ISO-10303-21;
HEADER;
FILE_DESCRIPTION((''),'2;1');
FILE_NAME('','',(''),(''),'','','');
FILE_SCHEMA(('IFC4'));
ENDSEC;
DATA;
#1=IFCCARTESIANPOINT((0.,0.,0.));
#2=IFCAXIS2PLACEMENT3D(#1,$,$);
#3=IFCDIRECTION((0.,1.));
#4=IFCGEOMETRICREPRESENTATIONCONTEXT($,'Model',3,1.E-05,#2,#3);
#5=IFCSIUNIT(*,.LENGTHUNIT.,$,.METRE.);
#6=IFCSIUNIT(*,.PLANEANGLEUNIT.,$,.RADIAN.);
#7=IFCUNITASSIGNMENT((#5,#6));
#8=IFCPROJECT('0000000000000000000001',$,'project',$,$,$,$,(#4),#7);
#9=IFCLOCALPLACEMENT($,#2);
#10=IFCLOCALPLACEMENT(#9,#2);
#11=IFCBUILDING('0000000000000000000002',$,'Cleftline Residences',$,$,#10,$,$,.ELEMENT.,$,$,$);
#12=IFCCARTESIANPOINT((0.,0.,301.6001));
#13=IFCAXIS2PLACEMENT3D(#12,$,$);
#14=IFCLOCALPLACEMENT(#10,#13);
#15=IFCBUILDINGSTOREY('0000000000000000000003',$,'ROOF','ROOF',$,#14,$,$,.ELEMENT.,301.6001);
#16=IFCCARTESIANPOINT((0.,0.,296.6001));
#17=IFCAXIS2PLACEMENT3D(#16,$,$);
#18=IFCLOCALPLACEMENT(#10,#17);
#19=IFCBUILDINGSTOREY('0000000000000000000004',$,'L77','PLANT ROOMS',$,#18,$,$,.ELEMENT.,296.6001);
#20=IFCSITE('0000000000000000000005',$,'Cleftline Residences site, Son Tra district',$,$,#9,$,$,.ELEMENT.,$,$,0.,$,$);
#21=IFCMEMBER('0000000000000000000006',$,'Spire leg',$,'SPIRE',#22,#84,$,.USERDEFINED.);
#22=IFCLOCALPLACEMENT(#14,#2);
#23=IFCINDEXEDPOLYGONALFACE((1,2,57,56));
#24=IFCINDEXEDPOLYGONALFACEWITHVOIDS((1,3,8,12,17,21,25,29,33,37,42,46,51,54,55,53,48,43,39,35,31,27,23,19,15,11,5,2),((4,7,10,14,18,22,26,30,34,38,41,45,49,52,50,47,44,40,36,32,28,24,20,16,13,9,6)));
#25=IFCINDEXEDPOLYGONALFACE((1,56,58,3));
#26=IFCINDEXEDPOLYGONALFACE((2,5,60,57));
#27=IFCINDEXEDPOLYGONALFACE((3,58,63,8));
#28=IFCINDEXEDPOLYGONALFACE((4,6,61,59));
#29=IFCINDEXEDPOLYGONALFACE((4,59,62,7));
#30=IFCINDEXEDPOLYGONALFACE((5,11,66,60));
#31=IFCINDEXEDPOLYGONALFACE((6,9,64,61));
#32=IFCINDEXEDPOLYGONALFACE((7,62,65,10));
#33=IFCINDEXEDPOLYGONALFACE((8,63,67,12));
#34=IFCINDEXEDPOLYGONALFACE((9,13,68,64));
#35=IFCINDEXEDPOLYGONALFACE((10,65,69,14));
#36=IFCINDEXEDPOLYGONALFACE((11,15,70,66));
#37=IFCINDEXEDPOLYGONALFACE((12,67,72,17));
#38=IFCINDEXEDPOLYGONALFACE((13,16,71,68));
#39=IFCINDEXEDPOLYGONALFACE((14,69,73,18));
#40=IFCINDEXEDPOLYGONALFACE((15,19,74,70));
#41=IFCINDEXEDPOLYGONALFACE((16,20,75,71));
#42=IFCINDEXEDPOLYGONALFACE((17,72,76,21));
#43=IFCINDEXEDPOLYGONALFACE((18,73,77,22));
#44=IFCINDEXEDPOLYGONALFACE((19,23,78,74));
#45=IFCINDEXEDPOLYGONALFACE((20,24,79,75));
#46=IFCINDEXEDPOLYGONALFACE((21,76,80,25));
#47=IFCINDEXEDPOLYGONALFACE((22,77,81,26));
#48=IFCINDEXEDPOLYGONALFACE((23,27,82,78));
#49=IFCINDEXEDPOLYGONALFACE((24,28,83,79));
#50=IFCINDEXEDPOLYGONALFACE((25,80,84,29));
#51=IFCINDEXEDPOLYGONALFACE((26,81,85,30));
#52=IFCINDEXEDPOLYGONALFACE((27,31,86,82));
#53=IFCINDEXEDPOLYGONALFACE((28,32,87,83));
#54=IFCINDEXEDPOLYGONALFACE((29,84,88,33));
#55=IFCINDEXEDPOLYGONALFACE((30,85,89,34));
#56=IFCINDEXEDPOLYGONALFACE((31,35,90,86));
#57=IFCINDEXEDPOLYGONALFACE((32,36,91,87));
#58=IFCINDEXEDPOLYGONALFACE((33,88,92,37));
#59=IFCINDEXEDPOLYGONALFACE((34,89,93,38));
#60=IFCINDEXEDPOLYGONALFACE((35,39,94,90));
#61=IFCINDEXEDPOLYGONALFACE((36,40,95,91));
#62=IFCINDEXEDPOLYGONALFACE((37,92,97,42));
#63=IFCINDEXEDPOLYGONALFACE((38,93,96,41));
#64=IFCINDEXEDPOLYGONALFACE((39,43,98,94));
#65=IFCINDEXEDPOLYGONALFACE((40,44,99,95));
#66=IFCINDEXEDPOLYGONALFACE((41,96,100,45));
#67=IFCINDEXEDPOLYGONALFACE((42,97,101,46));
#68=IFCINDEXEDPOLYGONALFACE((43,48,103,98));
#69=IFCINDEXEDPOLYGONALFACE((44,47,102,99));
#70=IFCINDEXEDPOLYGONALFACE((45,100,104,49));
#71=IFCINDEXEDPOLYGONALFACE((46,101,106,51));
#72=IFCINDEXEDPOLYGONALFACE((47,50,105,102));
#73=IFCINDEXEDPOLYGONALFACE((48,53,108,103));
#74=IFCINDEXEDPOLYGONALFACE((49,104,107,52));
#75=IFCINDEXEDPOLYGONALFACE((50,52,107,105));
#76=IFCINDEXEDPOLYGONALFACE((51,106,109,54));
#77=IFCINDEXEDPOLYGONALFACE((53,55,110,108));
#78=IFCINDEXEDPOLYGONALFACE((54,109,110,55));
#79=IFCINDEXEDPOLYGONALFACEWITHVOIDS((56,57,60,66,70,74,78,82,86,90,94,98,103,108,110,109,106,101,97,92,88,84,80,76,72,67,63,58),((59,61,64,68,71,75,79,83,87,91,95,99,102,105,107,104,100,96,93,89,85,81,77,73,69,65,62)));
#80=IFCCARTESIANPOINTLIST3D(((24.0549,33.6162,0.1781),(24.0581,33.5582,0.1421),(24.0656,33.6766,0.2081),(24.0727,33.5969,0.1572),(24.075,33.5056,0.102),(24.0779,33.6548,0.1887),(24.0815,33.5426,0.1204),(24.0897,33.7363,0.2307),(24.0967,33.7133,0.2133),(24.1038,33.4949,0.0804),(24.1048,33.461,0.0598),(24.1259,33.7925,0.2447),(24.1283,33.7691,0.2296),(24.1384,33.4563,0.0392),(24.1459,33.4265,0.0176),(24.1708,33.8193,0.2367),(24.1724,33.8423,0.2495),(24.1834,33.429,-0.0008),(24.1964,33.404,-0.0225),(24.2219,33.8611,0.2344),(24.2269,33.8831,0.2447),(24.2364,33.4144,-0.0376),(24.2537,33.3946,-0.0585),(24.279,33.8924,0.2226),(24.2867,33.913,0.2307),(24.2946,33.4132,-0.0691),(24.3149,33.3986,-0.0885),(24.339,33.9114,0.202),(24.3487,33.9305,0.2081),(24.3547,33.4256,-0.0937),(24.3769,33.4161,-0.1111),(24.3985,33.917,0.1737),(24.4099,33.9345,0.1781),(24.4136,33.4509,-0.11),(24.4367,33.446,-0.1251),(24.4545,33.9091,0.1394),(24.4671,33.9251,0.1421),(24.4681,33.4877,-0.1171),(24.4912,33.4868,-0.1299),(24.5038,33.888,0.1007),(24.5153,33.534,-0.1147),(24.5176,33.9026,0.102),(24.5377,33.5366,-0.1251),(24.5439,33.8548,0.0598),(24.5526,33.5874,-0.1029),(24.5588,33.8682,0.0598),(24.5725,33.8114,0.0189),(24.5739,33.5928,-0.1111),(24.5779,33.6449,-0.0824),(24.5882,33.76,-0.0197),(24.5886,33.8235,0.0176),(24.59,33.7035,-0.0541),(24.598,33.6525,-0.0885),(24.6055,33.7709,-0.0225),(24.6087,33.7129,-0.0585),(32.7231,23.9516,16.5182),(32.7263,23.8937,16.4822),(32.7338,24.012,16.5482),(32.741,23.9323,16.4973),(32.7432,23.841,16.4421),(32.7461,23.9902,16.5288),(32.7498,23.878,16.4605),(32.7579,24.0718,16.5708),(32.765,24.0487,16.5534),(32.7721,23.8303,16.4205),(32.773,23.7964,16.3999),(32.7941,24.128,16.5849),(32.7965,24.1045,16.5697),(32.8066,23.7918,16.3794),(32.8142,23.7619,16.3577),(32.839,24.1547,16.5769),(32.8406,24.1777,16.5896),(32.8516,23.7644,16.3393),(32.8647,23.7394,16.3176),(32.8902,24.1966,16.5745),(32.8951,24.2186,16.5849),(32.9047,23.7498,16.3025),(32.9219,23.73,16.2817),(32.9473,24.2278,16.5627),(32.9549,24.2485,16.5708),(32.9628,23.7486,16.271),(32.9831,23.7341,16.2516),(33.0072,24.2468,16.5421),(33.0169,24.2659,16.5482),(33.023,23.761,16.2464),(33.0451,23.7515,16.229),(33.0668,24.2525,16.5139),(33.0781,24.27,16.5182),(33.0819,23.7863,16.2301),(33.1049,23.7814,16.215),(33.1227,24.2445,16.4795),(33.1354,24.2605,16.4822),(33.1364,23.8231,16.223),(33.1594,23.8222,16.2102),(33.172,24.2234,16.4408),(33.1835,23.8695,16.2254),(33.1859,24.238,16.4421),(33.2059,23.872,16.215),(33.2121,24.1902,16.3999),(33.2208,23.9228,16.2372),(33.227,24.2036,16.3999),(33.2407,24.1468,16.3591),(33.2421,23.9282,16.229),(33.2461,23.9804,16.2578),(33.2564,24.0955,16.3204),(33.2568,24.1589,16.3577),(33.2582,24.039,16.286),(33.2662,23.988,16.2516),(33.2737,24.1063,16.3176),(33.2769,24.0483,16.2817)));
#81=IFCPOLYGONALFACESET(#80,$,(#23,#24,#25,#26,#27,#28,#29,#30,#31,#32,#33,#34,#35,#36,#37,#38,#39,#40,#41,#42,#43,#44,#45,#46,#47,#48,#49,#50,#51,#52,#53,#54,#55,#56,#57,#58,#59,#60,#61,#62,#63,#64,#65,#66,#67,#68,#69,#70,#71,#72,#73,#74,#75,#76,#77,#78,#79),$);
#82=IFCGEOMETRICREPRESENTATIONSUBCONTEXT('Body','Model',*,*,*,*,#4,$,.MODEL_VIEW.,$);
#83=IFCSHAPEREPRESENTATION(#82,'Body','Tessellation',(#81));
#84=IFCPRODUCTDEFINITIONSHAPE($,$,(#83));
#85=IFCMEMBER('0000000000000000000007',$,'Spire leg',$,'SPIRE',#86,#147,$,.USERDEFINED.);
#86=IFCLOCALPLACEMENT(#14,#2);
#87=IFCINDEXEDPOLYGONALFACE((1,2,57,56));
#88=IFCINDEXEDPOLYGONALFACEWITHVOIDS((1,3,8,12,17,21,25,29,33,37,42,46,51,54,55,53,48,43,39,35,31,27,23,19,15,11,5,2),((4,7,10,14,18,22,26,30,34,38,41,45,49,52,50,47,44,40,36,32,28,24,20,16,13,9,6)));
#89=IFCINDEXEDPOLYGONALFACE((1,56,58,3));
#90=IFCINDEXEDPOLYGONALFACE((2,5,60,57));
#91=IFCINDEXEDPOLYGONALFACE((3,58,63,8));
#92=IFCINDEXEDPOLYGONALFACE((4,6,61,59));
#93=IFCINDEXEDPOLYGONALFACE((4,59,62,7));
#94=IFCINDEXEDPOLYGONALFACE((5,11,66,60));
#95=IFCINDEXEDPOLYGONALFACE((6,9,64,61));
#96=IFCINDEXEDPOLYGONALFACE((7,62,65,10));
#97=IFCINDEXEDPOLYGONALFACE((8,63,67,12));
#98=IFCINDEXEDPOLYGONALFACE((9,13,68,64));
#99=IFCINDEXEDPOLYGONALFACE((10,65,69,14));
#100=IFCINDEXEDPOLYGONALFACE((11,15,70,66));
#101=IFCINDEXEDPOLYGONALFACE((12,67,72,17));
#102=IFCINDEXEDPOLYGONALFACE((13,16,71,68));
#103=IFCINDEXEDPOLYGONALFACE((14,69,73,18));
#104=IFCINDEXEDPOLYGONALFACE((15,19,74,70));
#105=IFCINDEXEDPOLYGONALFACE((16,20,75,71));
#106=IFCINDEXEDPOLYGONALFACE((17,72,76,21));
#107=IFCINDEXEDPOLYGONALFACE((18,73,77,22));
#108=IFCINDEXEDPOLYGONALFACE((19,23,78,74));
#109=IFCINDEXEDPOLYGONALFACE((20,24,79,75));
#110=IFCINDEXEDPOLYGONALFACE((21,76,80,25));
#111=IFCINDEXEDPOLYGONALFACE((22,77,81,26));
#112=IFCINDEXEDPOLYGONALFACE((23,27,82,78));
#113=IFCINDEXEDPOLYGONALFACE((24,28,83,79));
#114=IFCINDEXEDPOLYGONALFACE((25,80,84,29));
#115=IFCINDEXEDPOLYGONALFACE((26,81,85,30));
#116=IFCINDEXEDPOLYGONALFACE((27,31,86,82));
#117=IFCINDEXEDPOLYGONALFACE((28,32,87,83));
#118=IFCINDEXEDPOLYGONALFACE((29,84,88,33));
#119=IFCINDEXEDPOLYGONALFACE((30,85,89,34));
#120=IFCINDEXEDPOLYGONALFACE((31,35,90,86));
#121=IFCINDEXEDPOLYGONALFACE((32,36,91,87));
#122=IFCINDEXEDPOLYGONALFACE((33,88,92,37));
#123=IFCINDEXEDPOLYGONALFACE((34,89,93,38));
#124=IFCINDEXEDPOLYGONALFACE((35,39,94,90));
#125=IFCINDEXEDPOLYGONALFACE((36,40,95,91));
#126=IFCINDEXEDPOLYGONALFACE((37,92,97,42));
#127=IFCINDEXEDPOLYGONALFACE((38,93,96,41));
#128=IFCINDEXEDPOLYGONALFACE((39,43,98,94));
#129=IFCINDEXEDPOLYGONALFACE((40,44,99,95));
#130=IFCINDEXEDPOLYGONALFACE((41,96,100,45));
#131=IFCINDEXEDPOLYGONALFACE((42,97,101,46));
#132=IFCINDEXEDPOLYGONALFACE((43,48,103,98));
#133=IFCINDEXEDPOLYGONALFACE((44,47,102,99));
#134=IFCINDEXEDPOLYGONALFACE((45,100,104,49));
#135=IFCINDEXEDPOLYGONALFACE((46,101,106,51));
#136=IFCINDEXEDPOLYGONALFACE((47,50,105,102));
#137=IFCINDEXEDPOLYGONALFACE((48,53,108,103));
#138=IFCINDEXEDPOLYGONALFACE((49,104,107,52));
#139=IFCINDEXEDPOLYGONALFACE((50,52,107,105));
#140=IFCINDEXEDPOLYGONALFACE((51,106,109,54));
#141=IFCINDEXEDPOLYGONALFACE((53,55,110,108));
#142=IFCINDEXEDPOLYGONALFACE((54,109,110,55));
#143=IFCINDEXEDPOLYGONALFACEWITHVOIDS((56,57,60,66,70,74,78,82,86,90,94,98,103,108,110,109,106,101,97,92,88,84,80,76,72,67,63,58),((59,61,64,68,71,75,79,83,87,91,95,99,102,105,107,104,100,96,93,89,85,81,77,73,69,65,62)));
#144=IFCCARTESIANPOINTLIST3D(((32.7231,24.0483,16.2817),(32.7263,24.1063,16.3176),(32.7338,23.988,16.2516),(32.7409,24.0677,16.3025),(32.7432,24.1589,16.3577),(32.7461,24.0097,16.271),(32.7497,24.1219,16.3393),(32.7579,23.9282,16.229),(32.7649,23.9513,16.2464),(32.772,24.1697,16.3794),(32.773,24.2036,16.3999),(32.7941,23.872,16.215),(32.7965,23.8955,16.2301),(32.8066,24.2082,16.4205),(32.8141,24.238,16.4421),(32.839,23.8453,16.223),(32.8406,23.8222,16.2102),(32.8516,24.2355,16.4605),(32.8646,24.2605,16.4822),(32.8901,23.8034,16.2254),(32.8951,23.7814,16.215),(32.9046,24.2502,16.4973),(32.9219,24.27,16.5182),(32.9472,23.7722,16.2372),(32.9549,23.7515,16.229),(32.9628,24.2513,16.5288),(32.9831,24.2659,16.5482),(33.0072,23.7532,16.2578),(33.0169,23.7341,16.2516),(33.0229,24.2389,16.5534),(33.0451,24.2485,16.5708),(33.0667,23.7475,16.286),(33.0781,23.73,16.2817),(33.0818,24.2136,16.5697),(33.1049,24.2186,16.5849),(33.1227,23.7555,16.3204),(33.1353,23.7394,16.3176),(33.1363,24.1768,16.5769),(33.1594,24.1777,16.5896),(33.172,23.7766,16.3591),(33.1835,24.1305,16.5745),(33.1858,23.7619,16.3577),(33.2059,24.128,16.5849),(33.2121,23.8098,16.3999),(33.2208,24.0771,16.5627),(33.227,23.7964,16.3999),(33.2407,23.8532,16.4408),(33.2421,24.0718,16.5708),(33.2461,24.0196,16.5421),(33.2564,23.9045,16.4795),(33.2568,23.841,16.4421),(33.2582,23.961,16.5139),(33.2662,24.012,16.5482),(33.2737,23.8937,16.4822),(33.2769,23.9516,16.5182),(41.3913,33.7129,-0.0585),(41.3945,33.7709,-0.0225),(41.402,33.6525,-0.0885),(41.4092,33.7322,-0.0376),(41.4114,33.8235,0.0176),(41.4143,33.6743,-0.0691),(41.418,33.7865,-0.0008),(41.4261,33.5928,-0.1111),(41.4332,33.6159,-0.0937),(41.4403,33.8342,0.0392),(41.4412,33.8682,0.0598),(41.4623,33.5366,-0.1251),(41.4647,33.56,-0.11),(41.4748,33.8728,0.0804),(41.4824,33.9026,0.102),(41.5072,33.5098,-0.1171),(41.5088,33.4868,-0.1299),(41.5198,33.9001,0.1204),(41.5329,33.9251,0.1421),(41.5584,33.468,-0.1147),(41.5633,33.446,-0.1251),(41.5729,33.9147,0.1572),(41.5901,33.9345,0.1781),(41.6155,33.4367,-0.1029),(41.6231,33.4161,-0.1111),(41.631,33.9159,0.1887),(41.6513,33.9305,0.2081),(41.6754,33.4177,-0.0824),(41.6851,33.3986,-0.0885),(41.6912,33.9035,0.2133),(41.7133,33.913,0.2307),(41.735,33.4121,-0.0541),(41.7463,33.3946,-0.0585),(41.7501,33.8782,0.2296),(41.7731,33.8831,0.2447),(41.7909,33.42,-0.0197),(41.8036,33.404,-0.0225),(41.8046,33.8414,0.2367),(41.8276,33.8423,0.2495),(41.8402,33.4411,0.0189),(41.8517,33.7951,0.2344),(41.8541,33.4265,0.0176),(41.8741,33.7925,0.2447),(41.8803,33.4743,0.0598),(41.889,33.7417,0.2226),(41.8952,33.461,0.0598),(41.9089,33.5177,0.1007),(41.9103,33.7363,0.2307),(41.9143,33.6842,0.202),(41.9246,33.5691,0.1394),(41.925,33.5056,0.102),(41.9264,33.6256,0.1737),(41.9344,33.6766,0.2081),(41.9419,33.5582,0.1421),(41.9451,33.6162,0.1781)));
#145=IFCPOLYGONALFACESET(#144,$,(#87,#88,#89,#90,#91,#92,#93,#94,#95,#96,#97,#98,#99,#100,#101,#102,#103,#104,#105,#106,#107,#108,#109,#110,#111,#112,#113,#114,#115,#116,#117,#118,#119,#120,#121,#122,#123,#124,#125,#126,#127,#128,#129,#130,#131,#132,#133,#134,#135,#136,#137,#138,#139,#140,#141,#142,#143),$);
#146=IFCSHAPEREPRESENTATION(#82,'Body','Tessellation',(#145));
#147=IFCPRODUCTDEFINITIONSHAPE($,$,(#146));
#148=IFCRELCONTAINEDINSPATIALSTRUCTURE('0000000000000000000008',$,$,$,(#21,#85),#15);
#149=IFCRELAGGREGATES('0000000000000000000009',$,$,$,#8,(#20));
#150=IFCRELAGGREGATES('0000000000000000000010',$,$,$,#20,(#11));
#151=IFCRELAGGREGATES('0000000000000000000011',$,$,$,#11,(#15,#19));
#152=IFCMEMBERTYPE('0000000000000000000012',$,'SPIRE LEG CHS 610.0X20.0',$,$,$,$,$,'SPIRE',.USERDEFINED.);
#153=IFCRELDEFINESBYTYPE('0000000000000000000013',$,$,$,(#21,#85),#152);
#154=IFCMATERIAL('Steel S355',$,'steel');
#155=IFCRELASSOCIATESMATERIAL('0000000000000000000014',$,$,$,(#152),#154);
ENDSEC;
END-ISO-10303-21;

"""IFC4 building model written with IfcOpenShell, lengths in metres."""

from ifc_helpers import new_model, si_unit, direction, frame, origin, origin_2d, place, context, subcontext, project, spatial, hollow_circle, extrude, material, material_profile, profile_set, type_object, element, save


model = new_model("IFC4")

# Units and contexts
model_context = context("Model", 3, precision=1e-05, world=origin(), true_north=direction((0.0, 1.0)))
body_context = subcontext(model_context, "Body", "Model", "MODEL_VIEW")
ifc_project = project(units=[si_unit("LENGTHUNIT", "METRE"), si_unit("PLANEANGLEUNIT", "RADIAN")], contexts=[model_context])

# Site, building, storey
site_placement = place(None, origin())
site = spatial("IfcSite", under=ifc_project, at=site_placement, Name="Cleftline Residences site, Son Tra district", CompositionType="ELEMENT", RefElevation=0.0)
building_placement = place(site_placement, origin())
building = spatial("IfcBuilding", under=site, at=building_placement, Name="Cleftline Residences", CompositionType="ELEMENT")
storey_1_placement = place(building_placement, frame((0.0, 0.0, 301.6001)))
storey_1 = spatial("IfcBuildingStorey", under=building, at=storey_1_placement, Name="ROOF", Description="ROOF", CompositionType="ELEMENT", Elevation=301.6001)

# Members
ifc_material_1 = material(Name="Steel S355", Category="steel")
ifc_material_profile_1 = material_profile(ifc_material_1, hollow_circle(Radius=0.3049, WallThickness=0.02, at=origin_2d()))
ifc_profile_set_1 = profile_set([ifc_material_profile_1], Name="Steel S355")
member_type_1 = type_object("IfcMemberType", Name="SPIRE LEG CHS 610.0X20.0", ElementType="SPIRE", PredefinedType="USERDEFINED", material=ifc_profile_set_1)
for number, where, z_axis, x_axis, name in (
    (1, (24.3318, 33.6646, 0.0598), (0.415351, -0.463092, 0.782961), (0.744438, 0.667692, 0.0), "Spire leg"),
    (2, (41.6682, 33.6646, 0.0598), (-0.415351, -0.463092, 0.782961), (0.744438, -0.667692, 0.0), "Spire leg"),
):
    element("IfcMember", number, at=place(storey_1_placement, frame(where, z_axis=z_axis, x_axis=x_axis)), inside=storey_1, type_object=member_type_1, Name=name, ObjectType="SPIRE", PredefinedType="USERDEFINED", context=body_context, shape_type="SweptSolid", body=[
        extrude(hollow_circle(Radius=0.3049, WallThickness=0.02, at=origin_2d()), origin(), (0.0, 0.0, 1.0), 20.8696),
    ])

# Shared definitions
storey_2_placement = place(building_placement, frame((0.0, 0.0, 296.6001)))
storey_2 = spatial("IfcBuildingStorey", under=building, at=storey_2_placement, Name="L77", Description="PLANT ROOMS", CompositionType="ELEMENT", Elevation=296.6001)

save(model, "model.ifc")
